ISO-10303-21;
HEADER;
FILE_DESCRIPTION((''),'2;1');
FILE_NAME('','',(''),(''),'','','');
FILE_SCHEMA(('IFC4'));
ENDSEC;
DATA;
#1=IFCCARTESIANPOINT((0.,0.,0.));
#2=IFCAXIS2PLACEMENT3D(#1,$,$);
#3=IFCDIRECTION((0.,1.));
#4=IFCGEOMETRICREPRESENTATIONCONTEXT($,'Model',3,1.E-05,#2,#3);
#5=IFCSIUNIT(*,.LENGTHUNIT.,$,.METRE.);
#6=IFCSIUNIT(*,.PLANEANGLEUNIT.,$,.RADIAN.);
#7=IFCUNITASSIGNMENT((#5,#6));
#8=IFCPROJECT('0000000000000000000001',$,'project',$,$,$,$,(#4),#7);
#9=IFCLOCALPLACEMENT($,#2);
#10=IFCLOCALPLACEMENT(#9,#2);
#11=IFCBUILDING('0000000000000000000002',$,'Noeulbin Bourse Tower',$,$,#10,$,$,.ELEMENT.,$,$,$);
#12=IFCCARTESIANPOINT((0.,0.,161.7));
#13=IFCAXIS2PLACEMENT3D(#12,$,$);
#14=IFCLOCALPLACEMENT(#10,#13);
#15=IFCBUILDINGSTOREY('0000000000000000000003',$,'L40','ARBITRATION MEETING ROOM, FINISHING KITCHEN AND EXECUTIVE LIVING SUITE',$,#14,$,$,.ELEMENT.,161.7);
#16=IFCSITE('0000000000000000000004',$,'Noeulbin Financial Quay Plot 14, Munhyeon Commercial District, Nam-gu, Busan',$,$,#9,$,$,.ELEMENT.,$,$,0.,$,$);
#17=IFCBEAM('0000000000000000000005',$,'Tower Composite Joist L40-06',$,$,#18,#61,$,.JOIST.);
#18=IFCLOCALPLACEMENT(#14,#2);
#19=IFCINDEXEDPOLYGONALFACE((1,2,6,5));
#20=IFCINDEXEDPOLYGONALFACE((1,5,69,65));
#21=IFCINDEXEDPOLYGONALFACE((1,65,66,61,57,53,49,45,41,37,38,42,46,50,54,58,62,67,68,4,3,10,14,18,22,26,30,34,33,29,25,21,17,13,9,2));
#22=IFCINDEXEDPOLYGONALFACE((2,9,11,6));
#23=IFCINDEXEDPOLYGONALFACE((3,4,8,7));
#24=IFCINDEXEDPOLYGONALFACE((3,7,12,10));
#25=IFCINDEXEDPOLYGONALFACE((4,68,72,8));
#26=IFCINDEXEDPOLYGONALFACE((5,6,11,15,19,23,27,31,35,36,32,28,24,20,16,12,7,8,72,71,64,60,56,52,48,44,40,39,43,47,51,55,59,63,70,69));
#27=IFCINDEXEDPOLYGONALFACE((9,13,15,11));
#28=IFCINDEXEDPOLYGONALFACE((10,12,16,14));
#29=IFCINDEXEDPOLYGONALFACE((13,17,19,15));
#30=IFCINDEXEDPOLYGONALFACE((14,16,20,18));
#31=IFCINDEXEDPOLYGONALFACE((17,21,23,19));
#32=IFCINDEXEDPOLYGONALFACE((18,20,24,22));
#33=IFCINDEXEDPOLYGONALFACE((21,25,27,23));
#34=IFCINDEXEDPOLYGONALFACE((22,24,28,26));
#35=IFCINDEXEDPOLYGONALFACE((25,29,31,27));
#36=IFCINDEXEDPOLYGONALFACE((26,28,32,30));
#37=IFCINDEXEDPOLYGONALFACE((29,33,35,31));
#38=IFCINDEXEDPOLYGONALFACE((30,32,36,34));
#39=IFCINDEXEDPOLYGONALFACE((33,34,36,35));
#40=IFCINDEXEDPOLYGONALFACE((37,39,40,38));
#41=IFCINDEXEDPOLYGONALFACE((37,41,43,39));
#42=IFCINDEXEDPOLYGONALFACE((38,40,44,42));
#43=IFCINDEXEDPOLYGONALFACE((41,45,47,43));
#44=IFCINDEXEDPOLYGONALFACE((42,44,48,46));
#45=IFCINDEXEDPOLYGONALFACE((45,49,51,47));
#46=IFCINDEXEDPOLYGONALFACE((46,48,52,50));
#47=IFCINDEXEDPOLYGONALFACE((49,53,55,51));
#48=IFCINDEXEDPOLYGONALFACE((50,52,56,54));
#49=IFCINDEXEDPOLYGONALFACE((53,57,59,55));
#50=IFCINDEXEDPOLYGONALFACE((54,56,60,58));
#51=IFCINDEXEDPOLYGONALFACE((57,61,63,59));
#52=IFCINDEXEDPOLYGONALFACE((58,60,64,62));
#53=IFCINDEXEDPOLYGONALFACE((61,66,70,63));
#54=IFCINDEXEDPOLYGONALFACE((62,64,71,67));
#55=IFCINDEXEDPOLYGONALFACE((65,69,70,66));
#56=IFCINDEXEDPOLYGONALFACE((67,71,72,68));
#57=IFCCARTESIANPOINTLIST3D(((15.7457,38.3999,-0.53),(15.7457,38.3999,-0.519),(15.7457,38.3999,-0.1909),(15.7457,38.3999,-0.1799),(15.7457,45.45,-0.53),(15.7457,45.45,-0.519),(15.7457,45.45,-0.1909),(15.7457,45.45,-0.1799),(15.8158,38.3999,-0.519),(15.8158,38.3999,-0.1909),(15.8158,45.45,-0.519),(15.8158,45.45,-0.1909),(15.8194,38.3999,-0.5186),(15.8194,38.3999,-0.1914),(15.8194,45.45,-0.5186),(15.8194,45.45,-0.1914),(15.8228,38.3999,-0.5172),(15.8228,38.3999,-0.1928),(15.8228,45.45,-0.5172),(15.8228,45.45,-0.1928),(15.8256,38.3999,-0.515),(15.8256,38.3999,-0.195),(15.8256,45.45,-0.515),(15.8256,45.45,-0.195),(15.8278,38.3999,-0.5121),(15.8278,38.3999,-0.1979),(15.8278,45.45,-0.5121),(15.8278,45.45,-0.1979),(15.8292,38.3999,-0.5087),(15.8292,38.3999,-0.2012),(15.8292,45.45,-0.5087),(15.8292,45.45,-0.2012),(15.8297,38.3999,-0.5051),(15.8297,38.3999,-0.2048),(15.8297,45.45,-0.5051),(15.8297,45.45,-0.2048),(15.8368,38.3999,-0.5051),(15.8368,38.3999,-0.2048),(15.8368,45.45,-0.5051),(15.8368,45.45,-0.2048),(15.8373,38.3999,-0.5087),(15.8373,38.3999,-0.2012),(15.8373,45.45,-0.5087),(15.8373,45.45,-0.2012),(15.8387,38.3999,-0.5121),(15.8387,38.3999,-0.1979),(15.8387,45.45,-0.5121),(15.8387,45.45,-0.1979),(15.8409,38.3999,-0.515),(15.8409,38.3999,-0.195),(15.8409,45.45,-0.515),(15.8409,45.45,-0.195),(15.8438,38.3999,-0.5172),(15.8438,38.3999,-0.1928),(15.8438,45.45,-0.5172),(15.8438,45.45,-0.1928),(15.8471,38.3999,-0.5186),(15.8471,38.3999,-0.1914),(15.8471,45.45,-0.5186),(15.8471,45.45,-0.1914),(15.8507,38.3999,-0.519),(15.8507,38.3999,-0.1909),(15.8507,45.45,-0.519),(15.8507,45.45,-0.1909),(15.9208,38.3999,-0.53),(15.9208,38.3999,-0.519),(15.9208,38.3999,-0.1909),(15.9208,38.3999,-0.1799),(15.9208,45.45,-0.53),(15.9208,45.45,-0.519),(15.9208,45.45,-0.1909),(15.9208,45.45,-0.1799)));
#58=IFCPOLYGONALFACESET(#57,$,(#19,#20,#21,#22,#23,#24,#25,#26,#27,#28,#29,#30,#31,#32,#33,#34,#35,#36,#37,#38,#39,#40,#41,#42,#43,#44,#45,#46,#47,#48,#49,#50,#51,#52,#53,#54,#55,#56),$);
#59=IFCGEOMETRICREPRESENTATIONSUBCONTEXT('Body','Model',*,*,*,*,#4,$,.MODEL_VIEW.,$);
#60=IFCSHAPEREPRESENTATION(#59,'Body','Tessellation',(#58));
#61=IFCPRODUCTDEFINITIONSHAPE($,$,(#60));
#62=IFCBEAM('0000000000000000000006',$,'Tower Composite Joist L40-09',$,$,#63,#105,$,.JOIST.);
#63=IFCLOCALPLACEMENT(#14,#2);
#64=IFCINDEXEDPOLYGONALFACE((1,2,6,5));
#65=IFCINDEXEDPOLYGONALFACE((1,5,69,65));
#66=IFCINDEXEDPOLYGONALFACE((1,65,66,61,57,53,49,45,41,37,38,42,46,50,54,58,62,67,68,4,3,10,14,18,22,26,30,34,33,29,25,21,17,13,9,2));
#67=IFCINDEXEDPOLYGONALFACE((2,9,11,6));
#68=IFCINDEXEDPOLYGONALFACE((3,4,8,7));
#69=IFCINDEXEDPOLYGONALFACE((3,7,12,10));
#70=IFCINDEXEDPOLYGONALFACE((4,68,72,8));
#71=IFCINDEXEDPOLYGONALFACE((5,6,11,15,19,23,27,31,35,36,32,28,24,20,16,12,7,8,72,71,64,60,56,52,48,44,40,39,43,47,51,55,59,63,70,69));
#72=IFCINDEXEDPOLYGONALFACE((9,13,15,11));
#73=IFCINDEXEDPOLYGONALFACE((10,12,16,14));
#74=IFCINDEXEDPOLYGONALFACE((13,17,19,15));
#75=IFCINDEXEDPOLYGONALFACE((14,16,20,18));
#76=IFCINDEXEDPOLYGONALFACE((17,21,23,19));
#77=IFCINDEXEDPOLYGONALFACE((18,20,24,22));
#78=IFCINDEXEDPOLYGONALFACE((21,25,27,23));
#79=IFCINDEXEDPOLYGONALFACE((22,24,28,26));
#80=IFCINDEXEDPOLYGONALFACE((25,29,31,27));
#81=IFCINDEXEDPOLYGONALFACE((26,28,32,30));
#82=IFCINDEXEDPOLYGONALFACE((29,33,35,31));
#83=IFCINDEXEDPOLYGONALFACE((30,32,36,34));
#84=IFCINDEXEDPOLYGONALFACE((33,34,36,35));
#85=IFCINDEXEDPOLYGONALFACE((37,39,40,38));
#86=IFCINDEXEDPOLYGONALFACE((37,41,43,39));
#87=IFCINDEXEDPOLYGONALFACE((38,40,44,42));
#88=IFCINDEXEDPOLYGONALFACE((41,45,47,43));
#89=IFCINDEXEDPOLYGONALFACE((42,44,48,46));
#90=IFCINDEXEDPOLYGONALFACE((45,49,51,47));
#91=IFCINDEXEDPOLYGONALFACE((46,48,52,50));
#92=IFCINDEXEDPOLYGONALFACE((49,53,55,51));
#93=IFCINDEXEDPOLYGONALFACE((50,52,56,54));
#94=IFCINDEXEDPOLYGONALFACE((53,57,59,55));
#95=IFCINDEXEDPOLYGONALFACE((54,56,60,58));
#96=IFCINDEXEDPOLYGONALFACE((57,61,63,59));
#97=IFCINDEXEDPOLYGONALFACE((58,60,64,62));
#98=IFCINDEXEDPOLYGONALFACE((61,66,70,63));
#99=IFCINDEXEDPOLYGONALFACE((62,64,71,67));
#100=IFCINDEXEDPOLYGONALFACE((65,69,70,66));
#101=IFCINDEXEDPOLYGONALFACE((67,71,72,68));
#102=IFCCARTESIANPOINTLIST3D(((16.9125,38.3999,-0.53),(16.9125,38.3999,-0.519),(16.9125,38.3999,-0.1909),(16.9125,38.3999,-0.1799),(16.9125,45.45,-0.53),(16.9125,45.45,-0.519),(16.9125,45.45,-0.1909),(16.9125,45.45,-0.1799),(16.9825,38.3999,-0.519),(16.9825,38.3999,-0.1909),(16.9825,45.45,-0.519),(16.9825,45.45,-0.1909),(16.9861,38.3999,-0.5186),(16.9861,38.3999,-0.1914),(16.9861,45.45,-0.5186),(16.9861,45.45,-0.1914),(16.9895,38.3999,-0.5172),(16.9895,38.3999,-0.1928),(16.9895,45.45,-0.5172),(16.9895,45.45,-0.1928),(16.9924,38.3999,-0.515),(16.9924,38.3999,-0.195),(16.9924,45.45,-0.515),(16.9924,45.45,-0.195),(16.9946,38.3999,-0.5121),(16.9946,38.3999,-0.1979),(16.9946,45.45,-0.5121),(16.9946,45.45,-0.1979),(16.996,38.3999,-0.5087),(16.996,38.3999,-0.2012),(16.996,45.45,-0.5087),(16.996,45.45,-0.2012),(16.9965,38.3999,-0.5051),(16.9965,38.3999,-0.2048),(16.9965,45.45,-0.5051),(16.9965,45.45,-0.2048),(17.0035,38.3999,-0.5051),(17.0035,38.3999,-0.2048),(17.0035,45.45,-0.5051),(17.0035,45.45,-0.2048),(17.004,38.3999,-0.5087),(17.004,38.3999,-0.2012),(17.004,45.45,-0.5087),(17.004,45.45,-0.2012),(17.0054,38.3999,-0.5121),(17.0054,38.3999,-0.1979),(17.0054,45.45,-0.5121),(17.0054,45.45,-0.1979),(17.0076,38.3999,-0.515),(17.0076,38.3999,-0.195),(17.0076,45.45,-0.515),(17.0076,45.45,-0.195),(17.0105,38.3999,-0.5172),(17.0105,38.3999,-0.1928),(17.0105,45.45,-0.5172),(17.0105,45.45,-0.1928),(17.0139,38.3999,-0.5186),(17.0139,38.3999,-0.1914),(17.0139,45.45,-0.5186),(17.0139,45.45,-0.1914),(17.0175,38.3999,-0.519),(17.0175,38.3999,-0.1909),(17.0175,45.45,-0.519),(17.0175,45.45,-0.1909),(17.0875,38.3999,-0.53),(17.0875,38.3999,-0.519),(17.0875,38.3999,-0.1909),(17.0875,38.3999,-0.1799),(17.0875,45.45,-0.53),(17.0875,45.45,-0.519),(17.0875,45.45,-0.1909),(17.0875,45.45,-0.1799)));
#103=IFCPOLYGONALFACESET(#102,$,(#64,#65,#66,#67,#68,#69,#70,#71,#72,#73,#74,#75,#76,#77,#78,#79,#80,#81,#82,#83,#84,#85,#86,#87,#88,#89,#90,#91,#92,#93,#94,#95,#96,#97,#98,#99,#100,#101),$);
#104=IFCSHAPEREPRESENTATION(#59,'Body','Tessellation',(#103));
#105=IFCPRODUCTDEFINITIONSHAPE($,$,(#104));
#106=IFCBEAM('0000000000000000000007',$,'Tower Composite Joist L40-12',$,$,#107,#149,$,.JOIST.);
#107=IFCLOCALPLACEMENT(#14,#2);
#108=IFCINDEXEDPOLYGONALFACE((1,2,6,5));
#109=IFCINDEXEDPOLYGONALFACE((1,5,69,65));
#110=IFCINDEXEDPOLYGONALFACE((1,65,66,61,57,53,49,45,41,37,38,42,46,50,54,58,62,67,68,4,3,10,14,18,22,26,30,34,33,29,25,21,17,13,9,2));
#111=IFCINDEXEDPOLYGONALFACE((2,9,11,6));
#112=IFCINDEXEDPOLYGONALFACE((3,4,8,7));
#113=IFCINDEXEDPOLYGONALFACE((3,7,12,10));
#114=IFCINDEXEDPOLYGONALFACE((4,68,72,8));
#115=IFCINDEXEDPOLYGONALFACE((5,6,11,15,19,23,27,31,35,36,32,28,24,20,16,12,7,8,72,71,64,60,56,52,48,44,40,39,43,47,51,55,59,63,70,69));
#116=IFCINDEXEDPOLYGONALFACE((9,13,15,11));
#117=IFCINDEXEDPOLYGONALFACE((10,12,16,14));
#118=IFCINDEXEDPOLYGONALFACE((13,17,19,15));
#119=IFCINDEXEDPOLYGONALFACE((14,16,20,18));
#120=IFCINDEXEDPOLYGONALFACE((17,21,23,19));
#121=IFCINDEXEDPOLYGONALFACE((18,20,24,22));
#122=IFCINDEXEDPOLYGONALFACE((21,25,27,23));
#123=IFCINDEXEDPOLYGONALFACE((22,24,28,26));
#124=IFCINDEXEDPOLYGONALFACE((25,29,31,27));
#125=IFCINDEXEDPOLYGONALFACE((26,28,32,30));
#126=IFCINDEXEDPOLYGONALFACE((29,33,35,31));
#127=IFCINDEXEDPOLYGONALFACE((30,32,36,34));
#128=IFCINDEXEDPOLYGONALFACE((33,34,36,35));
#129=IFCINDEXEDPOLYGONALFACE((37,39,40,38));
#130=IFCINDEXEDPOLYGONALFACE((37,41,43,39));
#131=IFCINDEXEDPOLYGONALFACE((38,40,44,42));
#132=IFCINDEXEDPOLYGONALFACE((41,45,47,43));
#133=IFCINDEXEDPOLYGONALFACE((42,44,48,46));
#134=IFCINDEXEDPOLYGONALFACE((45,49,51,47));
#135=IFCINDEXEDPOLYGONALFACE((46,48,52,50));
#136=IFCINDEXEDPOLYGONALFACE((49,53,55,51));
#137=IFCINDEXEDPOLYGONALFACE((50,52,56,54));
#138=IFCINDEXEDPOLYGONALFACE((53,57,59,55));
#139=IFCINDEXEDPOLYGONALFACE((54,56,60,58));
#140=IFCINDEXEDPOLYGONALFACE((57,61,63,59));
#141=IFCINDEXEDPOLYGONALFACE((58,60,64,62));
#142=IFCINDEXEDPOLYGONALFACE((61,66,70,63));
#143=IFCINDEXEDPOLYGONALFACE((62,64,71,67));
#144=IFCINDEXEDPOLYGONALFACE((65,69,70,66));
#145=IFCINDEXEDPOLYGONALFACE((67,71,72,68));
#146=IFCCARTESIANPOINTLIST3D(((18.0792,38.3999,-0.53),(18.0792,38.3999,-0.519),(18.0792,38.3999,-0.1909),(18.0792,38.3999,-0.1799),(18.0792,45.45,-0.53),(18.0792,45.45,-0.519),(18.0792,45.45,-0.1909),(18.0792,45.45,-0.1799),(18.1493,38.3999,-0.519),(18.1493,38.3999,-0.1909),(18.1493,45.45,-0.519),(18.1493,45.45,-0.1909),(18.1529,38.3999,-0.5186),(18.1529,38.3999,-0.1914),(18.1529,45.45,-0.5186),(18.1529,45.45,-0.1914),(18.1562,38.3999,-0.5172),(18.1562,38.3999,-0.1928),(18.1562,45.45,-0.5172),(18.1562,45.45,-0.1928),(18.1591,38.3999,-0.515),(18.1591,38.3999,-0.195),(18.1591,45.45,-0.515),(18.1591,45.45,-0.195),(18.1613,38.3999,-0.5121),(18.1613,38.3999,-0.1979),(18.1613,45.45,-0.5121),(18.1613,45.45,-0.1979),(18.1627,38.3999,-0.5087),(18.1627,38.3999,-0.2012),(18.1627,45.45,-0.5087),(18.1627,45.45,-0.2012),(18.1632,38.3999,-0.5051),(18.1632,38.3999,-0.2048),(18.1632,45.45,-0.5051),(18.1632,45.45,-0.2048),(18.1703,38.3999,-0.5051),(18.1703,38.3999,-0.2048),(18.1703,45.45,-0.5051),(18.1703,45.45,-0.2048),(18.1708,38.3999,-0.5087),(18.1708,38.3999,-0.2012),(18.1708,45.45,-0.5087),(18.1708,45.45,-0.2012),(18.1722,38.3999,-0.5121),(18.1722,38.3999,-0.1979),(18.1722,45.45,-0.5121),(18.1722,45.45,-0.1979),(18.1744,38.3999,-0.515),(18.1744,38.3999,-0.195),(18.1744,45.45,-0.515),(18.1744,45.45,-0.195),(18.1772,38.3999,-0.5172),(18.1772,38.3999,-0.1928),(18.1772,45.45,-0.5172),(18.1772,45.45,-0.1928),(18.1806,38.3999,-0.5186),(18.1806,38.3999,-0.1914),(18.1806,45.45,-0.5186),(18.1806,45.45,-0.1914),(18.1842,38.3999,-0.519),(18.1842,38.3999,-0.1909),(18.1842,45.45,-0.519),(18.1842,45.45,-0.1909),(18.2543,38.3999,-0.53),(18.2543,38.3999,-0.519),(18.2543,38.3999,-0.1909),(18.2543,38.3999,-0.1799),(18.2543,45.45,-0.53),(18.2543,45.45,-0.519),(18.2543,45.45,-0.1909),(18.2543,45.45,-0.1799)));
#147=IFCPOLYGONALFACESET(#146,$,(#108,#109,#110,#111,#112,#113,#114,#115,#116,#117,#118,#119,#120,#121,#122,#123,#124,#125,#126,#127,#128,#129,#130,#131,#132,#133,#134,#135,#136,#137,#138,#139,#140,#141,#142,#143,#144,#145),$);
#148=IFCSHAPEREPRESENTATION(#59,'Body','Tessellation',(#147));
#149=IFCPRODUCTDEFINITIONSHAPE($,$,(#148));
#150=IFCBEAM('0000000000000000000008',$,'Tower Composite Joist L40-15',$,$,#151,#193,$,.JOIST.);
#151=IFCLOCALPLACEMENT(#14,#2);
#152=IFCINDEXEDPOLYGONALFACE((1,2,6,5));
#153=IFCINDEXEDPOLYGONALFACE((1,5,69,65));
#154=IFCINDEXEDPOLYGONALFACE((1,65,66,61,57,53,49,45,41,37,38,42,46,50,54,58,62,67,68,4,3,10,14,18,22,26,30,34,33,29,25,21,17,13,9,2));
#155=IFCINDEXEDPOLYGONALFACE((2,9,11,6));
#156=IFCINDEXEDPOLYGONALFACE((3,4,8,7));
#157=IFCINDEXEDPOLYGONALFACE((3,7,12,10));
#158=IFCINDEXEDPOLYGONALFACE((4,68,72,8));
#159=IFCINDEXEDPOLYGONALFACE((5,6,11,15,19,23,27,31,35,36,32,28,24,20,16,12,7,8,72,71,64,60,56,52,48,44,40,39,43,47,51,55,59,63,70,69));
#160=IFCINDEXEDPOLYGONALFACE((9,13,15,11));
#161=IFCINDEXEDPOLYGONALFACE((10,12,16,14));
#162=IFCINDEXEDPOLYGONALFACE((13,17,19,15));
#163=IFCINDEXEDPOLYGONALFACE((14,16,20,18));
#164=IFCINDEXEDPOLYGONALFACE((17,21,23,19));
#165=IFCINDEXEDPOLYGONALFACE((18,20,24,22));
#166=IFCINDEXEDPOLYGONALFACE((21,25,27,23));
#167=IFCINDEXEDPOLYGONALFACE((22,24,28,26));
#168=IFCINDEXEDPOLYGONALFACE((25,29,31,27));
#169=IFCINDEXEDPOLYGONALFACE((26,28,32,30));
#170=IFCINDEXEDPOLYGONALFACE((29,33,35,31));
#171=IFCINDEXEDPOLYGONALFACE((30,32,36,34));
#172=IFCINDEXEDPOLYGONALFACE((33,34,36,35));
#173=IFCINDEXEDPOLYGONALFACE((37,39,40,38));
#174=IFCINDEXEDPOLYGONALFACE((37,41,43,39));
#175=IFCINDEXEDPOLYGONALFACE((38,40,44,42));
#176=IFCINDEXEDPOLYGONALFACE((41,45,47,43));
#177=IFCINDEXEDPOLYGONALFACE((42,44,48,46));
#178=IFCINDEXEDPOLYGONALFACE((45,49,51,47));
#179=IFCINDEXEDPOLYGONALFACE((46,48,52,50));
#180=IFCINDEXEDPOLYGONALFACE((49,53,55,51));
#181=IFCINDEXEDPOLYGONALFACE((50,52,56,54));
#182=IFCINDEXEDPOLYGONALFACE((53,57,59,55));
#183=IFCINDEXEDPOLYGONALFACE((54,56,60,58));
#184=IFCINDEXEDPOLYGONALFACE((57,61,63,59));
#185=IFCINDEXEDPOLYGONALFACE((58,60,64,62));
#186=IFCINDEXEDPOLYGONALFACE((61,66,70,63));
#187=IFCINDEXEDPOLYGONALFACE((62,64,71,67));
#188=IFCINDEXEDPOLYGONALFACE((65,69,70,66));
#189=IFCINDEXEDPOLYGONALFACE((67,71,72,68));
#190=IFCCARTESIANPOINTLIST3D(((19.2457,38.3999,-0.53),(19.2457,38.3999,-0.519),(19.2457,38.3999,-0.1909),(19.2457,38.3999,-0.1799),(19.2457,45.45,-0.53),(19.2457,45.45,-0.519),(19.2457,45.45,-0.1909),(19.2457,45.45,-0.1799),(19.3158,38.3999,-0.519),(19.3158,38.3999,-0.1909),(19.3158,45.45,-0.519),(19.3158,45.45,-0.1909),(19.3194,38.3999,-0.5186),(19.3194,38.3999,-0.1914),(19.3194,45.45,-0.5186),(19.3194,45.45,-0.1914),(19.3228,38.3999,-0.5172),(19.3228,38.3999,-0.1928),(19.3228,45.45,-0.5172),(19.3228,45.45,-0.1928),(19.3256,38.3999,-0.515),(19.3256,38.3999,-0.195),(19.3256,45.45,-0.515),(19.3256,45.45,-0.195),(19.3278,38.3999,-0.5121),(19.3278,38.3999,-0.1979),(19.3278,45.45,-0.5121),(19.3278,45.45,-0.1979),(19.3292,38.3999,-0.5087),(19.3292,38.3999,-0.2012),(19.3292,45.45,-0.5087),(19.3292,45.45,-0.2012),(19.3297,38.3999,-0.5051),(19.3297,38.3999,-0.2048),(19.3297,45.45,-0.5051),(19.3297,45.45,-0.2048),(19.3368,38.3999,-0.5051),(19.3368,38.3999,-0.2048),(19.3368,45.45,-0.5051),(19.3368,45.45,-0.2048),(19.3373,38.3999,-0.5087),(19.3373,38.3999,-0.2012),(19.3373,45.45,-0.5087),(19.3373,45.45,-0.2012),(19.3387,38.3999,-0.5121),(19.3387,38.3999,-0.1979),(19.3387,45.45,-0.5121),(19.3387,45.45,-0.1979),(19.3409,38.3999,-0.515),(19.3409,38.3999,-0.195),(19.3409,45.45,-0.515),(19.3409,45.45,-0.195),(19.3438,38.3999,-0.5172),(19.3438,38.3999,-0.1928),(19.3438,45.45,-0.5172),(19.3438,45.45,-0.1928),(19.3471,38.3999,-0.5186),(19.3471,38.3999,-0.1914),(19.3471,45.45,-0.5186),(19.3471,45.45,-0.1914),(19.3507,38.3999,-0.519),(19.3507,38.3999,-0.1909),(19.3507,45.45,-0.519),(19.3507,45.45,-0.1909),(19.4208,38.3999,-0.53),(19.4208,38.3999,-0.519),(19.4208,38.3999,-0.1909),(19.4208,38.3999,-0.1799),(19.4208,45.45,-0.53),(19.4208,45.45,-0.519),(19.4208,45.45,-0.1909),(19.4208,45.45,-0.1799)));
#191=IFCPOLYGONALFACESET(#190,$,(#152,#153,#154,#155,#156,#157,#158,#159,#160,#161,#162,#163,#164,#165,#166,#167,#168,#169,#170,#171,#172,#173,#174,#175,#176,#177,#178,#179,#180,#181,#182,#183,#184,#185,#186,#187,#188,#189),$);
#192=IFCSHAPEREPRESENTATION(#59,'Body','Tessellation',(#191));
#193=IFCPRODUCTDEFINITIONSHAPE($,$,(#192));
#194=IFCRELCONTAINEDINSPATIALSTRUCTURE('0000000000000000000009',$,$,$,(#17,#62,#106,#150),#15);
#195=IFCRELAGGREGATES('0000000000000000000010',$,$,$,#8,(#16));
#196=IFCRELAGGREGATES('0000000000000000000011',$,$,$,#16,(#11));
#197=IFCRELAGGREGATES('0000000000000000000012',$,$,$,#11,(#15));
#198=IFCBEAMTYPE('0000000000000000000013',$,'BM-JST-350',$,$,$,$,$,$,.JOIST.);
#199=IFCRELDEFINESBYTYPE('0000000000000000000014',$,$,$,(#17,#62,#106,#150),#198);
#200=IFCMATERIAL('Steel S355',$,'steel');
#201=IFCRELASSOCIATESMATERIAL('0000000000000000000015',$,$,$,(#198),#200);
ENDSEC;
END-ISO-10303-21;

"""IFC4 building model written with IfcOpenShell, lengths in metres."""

from ifc_helpers import new_model, si_unit, direction, frame, origin, origin_2d, place, context, subcontext, project, spatial, i_section, extrude, material, material_profile, profile_set, type_object, element, save


model = new_model("IFC4")

# Units and contexts
model_context = context("Model", 3, precision=1e-05, world=origin(), true_north=direction((0.0, 1.0)))
body_context = subcontext(model_context, "Body", "Model", "MODEL_VIEW")
ifc_project = project(units=[si_unit("LENGTHUNIT", "METRE"), si_unit("PLANEANGLEUNIT", "RADIAN")], contexts=[model_context])

# Site, building, storey
site_placement = place(None, origin())
site = spatial("IfcSite", under=ifc_project, at=site_placement, Name="Noeulbin Financial Quay Plot 14, Munhyeon Commercial District, Nam-gu, Busan", CompositionType="ELEMENT", RefElevation=0.0)
building_placement = place(site_placement, origin())
building = spatial("IfcBuilding", under=site, at=building_placement, Name="Noeulbin Bourse Tower", CompositionType="ELEMENT")
storey_placement = place(building_placement, frame((0.0, 0.0, 161.7)))
storey = spatial("IfcBuildingStorey", under=building, at=storey_placement, Name="L40", Description="ARBITRATION MEETING ROOM, FINISHING KITCHEN AND EXECUTIVE LIVING SUITE", CompositionType="ELEMENT", Elevation=161.7)

# Shared definitions
ifc_material_1 = material(Name="Steel S355", Category="steel")

# Beams
ifc_material_profile_1 = material_profile(ifc_material_1, i_section(OverallWidth=0.175, OverallDepth=0.3501, WebThickness=0.0071, FlangeThickness=0.011, FilletRadius=0.0139, at=origin_2d()), Name="H-350x175x7x11", Category="LoadBearing")
ifc_profile_set_1 = profile_set([ifc_material_profile_1], Name="Steel S355")
beam_type_1 = type_object("IfcBeamType", Name="BM-JST-350", PredefinedType="JOIST", material=ifc_profile_set_1)
for number, where, z_axis, x_axis, name in (
    (1, (15.8333, 38.3999, -0.355), (0.0, 1.0, 0.0), (-1.0, 0.0, 0.0), "Tower Composite Joist L40-06"),
    (2, (17.0, 38.3999, -0.355), (0.0, 1.0, 0.0), (-1.0, 0.0, 0.0), "Tower Composite Joist L40-09"),
    (3, (18.1667, 38.3999, -0.355), (0.0, 1.0, 0.0), (-1.0, 0.0, 0.0), "Tower Composite Joist L40-12"),
    (4, (19.3333, 38.3999, -0.355), (0.0, 1.0, 0.0), (-1.0, 0.0, 0.0), "Tower Composite Joist L40-15"),
):
    element("IfcBeam", number, at=place(storey_placement, frame(where, z_axis=z_axis, x_axis=x_axis)), inside=storey, type_object=beam_type_1, Name=name, PredefinedType="JOIST", context=body_context, shape_type="SweptSolid", body=[
        extrude(i_section(OverallWidth=0.175, OverallDepth=0.3501, WebThickness=0.0071, FlangeThickness=0.011, FilletRadius=0.0139, at=origin_2d()), origin(), (0.0, 0.0, 1.0), 7.05),
    ])

save(model, "model.ifc")
